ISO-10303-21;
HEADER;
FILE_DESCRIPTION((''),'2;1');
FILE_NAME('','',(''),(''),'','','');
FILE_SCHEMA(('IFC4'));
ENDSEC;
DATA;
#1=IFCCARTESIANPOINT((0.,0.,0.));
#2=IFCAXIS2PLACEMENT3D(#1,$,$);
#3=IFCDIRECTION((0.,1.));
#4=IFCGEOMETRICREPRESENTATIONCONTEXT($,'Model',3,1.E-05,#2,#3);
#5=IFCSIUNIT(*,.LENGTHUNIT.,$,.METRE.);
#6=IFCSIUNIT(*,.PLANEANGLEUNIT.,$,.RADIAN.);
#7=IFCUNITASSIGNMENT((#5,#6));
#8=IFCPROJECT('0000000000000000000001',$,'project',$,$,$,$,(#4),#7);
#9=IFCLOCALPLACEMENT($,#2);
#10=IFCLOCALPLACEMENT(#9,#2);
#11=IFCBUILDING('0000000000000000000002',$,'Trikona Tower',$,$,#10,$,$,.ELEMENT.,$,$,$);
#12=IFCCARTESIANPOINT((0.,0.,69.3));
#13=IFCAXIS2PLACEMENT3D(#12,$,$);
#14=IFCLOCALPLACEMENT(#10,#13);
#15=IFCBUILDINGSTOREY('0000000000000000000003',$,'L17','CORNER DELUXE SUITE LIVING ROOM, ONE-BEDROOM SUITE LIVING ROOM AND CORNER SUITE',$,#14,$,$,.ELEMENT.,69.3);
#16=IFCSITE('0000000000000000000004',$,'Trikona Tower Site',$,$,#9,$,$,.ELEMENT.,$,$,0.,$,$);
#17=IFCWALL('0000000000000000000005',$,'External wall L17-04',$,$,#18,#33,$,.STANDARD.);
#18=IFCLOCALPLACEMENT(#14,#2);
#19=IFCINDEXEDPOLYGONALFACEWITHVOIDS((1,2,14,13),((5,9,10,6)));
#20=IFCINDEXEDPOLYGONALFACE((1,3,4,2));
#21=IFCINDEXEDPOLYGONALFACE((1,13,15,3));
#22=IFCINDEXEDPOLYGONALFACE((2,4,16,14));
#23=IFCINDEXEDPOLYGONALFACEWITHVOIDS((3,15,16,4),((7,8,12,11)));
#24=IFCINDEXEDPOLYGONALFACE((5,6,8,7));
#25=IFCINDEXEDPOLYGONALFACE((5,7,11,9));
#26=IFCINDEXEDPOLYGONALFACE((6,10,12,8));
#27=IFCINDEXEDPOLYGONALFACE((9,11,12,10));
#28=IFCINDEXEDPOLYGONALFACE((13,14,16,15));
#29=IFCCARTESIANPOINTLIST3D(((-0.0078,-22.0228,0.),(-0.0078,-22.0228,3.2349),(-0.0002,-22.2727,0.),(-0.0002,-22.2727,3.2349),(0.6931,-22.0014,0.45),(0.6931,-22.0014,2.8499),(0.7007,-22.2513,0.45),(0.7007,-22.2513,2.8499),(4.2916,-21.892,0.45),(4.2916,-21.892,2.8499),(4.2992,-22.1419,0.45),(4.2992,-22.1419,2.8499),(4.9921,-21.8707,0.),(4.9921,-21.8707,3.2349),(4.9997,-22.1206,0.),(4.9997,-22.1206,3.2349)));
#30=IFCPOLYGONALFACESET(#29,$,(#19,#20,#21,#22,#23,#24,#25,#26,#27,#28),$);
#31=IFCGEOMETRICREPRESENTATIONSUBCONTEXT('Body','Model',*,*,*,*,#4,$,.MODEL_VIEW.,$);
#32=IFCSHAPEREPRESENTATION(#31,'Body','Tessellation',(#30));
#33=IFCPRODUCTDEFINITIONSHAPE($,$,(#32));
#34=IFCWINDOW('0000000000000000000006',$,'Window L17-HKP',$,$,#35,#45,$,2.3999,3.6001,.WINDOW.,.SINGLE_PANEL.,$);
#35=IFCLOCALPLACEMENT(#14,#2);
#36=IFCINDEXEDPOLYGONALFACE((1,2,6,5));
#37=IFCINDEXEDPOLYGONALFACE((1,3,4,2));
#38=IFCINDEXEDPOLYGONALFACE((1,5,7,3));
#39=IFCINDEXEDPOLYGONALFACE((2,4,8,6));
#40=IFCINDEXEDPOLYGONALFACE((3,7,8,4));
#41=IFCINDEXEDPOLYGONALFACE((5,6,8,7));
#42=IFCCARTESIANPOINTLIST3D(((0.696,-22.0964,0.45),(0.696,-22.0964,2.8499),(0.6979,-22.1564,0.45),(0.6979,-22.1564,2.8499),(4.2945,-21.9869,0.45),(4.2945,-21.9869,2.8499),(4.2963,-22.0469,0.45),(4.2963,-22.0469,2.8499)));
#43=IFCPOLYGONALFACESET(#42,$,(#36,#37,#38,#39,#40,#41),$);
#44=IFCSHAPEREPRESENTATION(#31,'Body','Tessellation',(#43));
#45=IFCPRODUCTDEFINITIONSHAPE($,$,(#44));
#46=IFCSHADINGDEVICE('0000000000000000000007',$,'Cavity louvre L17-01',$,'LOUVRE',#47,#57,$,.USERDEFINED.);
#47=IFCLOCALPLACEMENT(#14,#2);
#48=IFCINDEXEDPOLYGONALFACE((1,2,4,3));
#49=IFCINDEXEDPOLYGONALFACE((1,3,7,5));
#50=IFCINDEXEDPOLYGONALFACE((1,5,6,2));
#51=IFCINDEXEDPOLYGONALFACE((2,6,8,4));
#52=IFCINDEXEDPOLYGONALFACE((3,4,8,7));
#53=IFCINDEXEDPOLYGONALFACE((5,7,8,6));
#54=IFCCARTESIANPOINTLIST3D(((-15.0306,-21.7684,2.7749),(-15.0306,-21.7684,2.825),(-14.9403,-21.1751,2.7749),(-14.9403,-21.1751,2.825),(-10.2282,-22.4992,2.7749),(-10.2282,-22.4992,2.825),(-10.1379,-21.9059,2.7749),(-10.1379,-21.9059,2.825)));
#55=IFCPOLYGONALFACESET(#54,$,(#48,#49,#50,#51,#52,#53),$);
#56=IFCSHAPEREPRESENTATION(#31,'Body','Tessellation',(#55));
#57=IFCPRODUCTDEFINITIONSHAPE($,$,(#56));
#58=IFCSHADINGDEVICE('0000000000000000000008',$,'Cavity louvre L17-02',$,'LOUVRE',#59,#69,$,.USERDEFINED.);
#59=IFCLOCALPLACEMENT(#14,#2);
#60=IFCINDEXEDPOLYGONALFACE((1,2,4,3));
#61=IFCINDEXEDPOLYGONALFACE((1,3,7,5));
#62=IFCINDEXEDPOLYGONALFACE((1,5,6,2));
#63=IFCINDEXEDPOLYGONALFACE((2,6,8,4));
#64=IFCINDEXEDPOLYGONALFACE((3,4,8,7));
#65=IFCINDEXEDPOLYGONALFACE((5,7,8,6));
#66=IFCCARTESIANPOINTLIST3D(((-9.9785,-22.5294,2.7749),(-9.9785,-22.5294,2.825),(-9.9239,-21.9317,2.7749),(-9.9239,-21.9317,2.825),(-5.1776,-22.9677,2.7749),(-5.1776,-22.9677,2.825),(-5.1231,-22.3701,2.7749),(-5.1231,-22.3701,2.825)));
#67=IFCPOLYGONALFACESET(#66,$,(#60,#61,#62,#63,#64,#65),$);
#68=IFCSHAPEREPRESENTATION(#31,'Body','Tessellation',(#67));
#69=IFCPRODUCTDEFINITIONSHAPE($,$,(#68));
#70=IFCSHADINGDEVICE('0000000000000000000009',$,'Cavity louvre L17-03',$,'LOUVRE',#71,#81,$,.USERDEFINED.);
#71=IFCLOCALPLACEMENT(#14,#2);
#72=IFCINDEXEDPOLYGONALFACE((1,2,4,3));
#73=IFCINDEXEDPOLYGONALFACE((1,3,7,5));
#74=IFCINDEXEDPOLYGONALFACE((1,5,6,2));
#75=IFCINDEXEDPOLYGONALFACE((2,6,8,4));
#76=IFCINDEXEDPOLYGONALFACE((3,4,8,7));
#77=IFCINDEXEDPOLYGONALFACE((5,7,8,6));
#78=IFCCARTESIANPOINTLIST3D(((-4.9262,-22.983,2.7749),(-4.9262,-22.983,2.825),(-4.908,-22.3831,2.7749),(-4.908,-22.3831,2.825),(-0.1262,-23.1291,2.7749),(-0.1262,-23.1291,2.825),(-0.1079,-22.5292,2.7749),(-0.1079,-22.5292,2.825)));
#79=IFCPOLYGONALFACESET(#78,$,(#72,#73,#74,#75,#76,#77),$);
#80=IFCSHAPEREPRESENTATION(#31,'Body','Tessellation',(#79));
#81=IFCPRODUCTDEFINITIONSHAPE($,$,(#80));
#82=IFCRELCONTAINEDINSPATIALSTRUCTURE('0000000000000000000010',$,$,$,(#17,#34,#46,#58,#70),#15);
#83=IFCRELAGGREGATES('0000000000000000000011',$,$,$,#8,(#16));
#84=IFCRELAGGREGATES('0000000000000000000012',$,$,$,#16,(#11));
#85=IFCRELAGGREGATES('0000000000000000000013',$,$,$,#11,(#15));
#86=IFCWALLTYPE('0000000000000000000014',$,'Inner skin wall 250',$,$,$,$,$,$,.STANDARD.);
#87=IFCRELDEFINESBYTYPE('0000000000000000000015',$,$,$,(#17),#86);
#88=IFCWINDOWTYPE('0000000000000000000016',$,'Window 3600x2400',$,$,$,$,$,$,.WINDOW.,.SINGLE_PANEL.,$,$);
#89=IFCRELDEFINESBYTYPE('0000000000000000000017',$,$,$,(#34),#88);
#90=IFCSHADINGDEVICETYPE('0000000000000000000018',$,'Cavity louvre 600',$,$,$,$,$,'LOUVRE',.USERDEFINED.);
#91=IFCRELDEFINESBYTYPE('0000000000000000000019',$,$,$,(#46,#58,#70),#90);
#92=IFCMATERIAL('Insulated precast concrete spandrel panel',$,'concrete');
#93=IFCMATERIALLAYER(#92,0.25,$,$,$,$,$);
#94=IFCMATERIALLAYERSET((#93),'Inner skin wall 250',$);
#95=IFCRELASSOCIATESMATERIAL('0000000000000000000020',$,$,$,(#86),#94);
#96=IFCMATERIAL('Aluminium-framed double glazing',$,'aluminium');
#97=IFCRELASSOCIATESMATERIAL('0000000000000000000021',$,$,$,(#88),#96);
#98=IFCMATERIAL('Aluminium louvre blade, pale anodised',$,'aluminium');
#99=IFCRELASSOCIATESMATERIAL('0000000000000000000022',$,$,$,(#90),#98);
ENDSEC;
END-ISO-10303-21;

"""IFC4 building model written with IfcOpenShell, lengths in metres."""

from ifc_helpers import new_model, si_unit, direction, frame, frame_2d, origin, origin_2d, place, context, subcontext, project, spatial, rectangle, extrude, material, layer, layer_set, type_object, element, fill, save


model = new_model("IFC4")

# Units and contexts
model_context = context("Model", 3, precision=1e-05, world=origin(), true_north=direction((0.0, 1.0)))
body_context = subcontext(model_context, "Body", "Model", "MODEL_VIEW")
ifc_project = project(units=[si_unit("LENGTHUNIT", "METRE"), si_unit("PLANEANGLEUNIT", "RADIAN")], contexts=[model_context])

# Site, building, storey
site_placement = place(None, origin())
site = spatial("IfcSite", under=ifc_project, at=site_placement, Name="Trikona Tower Site", CompositionType="ELEMENT", RefElevation=0.0)
building_placement = place(site_placement, origin())
building = spatial("IfcBuilding", under=site, at=building_placement, Name="Trikona Tower", CompositionType="ELEMENT")
storey_placement = place(building_placement, frame((0.0, 0.0, 69.3)))
storey = spatial("IfcBuildingStorey", under=building, at=storey_placement, Name="L17", Description="CORNER DELUXE SUITE LIVING ROOM, ONE-BEDROOM SUITE LIVING ROOM AND CORNER SUITE", CompositionType="ELEMENT", Elevation=69.3)

# Wall, opening, window
ifc_material_1 = material(Name="Insulated precast concrete spandrel panel", Category="concrete")
ifc_layer_1 = layer(ifc_material_1, 0.25)
ifc_layer_set_1 = layer_set([ifc_layer_1], Name="Inner skin wall 250")
wall_type_1 = type_object("IfcWallType", Name="Inner skin wall 250", PredefinedType="STANDARD", material=ifc_layer_set_1)
ifc_material_2 = material(Name="Aluminium-framed double glazing", Category="aluminium")
window_type = type_object("IfcWindowType", Name="Window 3600x2400", PartitioningType="SINGLE_PANEL", PredefinedType="WINDOW", material=ifc_material_2)
wall_1_placement = place(storey_placement, frame((-0.0039, -22.1477, 0.0), z_axis=(0.0, 0.0, 1.0), x_axis=(0.999538, 0.030406, 0.0)))
wall_1 = element("IfcWall", 1, at=wall_1_placement, inside=storey, type_object=wall_type_1, Name="External wall L17-04", PredefinedType="STANDARD", context=body_context, shape_type="SweptSolid", body=[
    extrude(rectangle(XDim=5.0022, YDim=0.25, at=frame_2d((2.501, 0.0))), origin(), (0.0, 0.0, 1.0), 3.2349),
])
opening_1_placement = place(wall_1_placement, frame((0.7012, 0.0, 0.45)))
opening_1 = element("IfcOpeningElement", 2, at=opening_1_placement, cuts=wall_1, PredefinedType="OPENING", context=body_context, shape_type="SweptSolid", body=[
    extrude(rectangle(XDim=3.6001, YDim=2.3999, at=frame_2d((1.8, 1.2))), frame((0.0, 0.135, 0.0), z_axis=(0.0, -1.0, 0.0), x_axis=(1.0, 0.0, 0.0)), (0.0, 0.0, 1.0), 0.27),
])
window_1_placement = place(opening_1_placement, origin())
window_1 = element("IfcWindow", 3, at=window_1_placement, inside=storey, type_object=window_type, Name="Window L17-HKP", OverallHeight=2.3999, OverallWidth=3.6001, PartitioningType="SINGLE_PANEL", PredefinedType="WINDOW", context=body_context, shape_type="SweptSolid", body=[
    extrude(rectangle(XDim=3.6001, YDim=2.3999, at=frame_2d((1.8, 1.2))), frame((0.0, 0.03, 0.0), z_axis=(0.0, -1.0, 0.0), x_axis=(1.0, 0.0, 0.0)), (0.0, 0.0, 1.0), 0.0601),
])
fill(opening_1, window_1)

# Shading devices
ifc_material_3 = material(Name="Aluminium louvre blade, pale anodised", Category="aluminium")
shading_device_type = type_object("IfcShadingDeviceType", Name="Cavity louvre 600", ElementType="LOUVRE", PredefinedType="USERDEFINED", material=ifc_material_3)
shading_device_1_placement = place(storey_placement, frame((-12.5842, -21.8372, 2.7749), z_axis=(0.0, 0.0, 1.0), x_axis=(0.988618, -0.150448, 0.0)))
element("IfcShadingDevice", 4, at=shading_device_1_placement, inside=storey, type_object=shading_device_type, Name="Cavity louvre L17-01", ObjectType="LOUVRE", PredefinedType="USERDEFINED", context=body_context, shape_type="SweptSolid", body=[
    extrude(rectangle(XDim=4.8577, YDim=0.6001, at=origin_2d()), origin(), (0.0, 0.0, 1.0), 0.05),
])
shading_device_2_placement = place(storey_placement, frame((-7.5508, -22.4497, 2.7749), z_axis=(0.0, 0.0, 1.0), x_axis=(0.995858, -0.090921, 0.0)))
element("IfcShadingDevice", 5, at=shading_device_2_placement, inside=storey, type_object=shading_device_type, Name="Cavity louvre L17-02", ObjectType="LOUVRE", PredefinedType="USERDEFINED", context=body_context, shape_type="SweptSolid", body=[
    extrude(rectangle(XDim=4.8208, YDim=0.6001, at=origin_2d()), origin(), (0.0, 0.0, 1.0), 0.05),
])
shading_device_3_placement = place(storey_placement, frame((-2.5171, -22.7561, 2.7749), z_axis=(0.0, 0.0, 1.0), x_axis=(0.999537, -0.030425, 0.0)))
element("IfcShadingDevice", 6, at=shading_device_3_placement, inside=storey, type_object=shading_device_type, Name="Cavity louvre L17-03", ObjectType="LOUVRE", PredefinedType="USERDEFINED", context=body_context, shape_type="SweptSolid", body=[
    extrude(rectangle(XDim=4.8022, YDim=0.6001, at=origin_2d()), origin(), (0.0, 0.0, 1.0), 0.05),
])

save(model, "model.ifc")
